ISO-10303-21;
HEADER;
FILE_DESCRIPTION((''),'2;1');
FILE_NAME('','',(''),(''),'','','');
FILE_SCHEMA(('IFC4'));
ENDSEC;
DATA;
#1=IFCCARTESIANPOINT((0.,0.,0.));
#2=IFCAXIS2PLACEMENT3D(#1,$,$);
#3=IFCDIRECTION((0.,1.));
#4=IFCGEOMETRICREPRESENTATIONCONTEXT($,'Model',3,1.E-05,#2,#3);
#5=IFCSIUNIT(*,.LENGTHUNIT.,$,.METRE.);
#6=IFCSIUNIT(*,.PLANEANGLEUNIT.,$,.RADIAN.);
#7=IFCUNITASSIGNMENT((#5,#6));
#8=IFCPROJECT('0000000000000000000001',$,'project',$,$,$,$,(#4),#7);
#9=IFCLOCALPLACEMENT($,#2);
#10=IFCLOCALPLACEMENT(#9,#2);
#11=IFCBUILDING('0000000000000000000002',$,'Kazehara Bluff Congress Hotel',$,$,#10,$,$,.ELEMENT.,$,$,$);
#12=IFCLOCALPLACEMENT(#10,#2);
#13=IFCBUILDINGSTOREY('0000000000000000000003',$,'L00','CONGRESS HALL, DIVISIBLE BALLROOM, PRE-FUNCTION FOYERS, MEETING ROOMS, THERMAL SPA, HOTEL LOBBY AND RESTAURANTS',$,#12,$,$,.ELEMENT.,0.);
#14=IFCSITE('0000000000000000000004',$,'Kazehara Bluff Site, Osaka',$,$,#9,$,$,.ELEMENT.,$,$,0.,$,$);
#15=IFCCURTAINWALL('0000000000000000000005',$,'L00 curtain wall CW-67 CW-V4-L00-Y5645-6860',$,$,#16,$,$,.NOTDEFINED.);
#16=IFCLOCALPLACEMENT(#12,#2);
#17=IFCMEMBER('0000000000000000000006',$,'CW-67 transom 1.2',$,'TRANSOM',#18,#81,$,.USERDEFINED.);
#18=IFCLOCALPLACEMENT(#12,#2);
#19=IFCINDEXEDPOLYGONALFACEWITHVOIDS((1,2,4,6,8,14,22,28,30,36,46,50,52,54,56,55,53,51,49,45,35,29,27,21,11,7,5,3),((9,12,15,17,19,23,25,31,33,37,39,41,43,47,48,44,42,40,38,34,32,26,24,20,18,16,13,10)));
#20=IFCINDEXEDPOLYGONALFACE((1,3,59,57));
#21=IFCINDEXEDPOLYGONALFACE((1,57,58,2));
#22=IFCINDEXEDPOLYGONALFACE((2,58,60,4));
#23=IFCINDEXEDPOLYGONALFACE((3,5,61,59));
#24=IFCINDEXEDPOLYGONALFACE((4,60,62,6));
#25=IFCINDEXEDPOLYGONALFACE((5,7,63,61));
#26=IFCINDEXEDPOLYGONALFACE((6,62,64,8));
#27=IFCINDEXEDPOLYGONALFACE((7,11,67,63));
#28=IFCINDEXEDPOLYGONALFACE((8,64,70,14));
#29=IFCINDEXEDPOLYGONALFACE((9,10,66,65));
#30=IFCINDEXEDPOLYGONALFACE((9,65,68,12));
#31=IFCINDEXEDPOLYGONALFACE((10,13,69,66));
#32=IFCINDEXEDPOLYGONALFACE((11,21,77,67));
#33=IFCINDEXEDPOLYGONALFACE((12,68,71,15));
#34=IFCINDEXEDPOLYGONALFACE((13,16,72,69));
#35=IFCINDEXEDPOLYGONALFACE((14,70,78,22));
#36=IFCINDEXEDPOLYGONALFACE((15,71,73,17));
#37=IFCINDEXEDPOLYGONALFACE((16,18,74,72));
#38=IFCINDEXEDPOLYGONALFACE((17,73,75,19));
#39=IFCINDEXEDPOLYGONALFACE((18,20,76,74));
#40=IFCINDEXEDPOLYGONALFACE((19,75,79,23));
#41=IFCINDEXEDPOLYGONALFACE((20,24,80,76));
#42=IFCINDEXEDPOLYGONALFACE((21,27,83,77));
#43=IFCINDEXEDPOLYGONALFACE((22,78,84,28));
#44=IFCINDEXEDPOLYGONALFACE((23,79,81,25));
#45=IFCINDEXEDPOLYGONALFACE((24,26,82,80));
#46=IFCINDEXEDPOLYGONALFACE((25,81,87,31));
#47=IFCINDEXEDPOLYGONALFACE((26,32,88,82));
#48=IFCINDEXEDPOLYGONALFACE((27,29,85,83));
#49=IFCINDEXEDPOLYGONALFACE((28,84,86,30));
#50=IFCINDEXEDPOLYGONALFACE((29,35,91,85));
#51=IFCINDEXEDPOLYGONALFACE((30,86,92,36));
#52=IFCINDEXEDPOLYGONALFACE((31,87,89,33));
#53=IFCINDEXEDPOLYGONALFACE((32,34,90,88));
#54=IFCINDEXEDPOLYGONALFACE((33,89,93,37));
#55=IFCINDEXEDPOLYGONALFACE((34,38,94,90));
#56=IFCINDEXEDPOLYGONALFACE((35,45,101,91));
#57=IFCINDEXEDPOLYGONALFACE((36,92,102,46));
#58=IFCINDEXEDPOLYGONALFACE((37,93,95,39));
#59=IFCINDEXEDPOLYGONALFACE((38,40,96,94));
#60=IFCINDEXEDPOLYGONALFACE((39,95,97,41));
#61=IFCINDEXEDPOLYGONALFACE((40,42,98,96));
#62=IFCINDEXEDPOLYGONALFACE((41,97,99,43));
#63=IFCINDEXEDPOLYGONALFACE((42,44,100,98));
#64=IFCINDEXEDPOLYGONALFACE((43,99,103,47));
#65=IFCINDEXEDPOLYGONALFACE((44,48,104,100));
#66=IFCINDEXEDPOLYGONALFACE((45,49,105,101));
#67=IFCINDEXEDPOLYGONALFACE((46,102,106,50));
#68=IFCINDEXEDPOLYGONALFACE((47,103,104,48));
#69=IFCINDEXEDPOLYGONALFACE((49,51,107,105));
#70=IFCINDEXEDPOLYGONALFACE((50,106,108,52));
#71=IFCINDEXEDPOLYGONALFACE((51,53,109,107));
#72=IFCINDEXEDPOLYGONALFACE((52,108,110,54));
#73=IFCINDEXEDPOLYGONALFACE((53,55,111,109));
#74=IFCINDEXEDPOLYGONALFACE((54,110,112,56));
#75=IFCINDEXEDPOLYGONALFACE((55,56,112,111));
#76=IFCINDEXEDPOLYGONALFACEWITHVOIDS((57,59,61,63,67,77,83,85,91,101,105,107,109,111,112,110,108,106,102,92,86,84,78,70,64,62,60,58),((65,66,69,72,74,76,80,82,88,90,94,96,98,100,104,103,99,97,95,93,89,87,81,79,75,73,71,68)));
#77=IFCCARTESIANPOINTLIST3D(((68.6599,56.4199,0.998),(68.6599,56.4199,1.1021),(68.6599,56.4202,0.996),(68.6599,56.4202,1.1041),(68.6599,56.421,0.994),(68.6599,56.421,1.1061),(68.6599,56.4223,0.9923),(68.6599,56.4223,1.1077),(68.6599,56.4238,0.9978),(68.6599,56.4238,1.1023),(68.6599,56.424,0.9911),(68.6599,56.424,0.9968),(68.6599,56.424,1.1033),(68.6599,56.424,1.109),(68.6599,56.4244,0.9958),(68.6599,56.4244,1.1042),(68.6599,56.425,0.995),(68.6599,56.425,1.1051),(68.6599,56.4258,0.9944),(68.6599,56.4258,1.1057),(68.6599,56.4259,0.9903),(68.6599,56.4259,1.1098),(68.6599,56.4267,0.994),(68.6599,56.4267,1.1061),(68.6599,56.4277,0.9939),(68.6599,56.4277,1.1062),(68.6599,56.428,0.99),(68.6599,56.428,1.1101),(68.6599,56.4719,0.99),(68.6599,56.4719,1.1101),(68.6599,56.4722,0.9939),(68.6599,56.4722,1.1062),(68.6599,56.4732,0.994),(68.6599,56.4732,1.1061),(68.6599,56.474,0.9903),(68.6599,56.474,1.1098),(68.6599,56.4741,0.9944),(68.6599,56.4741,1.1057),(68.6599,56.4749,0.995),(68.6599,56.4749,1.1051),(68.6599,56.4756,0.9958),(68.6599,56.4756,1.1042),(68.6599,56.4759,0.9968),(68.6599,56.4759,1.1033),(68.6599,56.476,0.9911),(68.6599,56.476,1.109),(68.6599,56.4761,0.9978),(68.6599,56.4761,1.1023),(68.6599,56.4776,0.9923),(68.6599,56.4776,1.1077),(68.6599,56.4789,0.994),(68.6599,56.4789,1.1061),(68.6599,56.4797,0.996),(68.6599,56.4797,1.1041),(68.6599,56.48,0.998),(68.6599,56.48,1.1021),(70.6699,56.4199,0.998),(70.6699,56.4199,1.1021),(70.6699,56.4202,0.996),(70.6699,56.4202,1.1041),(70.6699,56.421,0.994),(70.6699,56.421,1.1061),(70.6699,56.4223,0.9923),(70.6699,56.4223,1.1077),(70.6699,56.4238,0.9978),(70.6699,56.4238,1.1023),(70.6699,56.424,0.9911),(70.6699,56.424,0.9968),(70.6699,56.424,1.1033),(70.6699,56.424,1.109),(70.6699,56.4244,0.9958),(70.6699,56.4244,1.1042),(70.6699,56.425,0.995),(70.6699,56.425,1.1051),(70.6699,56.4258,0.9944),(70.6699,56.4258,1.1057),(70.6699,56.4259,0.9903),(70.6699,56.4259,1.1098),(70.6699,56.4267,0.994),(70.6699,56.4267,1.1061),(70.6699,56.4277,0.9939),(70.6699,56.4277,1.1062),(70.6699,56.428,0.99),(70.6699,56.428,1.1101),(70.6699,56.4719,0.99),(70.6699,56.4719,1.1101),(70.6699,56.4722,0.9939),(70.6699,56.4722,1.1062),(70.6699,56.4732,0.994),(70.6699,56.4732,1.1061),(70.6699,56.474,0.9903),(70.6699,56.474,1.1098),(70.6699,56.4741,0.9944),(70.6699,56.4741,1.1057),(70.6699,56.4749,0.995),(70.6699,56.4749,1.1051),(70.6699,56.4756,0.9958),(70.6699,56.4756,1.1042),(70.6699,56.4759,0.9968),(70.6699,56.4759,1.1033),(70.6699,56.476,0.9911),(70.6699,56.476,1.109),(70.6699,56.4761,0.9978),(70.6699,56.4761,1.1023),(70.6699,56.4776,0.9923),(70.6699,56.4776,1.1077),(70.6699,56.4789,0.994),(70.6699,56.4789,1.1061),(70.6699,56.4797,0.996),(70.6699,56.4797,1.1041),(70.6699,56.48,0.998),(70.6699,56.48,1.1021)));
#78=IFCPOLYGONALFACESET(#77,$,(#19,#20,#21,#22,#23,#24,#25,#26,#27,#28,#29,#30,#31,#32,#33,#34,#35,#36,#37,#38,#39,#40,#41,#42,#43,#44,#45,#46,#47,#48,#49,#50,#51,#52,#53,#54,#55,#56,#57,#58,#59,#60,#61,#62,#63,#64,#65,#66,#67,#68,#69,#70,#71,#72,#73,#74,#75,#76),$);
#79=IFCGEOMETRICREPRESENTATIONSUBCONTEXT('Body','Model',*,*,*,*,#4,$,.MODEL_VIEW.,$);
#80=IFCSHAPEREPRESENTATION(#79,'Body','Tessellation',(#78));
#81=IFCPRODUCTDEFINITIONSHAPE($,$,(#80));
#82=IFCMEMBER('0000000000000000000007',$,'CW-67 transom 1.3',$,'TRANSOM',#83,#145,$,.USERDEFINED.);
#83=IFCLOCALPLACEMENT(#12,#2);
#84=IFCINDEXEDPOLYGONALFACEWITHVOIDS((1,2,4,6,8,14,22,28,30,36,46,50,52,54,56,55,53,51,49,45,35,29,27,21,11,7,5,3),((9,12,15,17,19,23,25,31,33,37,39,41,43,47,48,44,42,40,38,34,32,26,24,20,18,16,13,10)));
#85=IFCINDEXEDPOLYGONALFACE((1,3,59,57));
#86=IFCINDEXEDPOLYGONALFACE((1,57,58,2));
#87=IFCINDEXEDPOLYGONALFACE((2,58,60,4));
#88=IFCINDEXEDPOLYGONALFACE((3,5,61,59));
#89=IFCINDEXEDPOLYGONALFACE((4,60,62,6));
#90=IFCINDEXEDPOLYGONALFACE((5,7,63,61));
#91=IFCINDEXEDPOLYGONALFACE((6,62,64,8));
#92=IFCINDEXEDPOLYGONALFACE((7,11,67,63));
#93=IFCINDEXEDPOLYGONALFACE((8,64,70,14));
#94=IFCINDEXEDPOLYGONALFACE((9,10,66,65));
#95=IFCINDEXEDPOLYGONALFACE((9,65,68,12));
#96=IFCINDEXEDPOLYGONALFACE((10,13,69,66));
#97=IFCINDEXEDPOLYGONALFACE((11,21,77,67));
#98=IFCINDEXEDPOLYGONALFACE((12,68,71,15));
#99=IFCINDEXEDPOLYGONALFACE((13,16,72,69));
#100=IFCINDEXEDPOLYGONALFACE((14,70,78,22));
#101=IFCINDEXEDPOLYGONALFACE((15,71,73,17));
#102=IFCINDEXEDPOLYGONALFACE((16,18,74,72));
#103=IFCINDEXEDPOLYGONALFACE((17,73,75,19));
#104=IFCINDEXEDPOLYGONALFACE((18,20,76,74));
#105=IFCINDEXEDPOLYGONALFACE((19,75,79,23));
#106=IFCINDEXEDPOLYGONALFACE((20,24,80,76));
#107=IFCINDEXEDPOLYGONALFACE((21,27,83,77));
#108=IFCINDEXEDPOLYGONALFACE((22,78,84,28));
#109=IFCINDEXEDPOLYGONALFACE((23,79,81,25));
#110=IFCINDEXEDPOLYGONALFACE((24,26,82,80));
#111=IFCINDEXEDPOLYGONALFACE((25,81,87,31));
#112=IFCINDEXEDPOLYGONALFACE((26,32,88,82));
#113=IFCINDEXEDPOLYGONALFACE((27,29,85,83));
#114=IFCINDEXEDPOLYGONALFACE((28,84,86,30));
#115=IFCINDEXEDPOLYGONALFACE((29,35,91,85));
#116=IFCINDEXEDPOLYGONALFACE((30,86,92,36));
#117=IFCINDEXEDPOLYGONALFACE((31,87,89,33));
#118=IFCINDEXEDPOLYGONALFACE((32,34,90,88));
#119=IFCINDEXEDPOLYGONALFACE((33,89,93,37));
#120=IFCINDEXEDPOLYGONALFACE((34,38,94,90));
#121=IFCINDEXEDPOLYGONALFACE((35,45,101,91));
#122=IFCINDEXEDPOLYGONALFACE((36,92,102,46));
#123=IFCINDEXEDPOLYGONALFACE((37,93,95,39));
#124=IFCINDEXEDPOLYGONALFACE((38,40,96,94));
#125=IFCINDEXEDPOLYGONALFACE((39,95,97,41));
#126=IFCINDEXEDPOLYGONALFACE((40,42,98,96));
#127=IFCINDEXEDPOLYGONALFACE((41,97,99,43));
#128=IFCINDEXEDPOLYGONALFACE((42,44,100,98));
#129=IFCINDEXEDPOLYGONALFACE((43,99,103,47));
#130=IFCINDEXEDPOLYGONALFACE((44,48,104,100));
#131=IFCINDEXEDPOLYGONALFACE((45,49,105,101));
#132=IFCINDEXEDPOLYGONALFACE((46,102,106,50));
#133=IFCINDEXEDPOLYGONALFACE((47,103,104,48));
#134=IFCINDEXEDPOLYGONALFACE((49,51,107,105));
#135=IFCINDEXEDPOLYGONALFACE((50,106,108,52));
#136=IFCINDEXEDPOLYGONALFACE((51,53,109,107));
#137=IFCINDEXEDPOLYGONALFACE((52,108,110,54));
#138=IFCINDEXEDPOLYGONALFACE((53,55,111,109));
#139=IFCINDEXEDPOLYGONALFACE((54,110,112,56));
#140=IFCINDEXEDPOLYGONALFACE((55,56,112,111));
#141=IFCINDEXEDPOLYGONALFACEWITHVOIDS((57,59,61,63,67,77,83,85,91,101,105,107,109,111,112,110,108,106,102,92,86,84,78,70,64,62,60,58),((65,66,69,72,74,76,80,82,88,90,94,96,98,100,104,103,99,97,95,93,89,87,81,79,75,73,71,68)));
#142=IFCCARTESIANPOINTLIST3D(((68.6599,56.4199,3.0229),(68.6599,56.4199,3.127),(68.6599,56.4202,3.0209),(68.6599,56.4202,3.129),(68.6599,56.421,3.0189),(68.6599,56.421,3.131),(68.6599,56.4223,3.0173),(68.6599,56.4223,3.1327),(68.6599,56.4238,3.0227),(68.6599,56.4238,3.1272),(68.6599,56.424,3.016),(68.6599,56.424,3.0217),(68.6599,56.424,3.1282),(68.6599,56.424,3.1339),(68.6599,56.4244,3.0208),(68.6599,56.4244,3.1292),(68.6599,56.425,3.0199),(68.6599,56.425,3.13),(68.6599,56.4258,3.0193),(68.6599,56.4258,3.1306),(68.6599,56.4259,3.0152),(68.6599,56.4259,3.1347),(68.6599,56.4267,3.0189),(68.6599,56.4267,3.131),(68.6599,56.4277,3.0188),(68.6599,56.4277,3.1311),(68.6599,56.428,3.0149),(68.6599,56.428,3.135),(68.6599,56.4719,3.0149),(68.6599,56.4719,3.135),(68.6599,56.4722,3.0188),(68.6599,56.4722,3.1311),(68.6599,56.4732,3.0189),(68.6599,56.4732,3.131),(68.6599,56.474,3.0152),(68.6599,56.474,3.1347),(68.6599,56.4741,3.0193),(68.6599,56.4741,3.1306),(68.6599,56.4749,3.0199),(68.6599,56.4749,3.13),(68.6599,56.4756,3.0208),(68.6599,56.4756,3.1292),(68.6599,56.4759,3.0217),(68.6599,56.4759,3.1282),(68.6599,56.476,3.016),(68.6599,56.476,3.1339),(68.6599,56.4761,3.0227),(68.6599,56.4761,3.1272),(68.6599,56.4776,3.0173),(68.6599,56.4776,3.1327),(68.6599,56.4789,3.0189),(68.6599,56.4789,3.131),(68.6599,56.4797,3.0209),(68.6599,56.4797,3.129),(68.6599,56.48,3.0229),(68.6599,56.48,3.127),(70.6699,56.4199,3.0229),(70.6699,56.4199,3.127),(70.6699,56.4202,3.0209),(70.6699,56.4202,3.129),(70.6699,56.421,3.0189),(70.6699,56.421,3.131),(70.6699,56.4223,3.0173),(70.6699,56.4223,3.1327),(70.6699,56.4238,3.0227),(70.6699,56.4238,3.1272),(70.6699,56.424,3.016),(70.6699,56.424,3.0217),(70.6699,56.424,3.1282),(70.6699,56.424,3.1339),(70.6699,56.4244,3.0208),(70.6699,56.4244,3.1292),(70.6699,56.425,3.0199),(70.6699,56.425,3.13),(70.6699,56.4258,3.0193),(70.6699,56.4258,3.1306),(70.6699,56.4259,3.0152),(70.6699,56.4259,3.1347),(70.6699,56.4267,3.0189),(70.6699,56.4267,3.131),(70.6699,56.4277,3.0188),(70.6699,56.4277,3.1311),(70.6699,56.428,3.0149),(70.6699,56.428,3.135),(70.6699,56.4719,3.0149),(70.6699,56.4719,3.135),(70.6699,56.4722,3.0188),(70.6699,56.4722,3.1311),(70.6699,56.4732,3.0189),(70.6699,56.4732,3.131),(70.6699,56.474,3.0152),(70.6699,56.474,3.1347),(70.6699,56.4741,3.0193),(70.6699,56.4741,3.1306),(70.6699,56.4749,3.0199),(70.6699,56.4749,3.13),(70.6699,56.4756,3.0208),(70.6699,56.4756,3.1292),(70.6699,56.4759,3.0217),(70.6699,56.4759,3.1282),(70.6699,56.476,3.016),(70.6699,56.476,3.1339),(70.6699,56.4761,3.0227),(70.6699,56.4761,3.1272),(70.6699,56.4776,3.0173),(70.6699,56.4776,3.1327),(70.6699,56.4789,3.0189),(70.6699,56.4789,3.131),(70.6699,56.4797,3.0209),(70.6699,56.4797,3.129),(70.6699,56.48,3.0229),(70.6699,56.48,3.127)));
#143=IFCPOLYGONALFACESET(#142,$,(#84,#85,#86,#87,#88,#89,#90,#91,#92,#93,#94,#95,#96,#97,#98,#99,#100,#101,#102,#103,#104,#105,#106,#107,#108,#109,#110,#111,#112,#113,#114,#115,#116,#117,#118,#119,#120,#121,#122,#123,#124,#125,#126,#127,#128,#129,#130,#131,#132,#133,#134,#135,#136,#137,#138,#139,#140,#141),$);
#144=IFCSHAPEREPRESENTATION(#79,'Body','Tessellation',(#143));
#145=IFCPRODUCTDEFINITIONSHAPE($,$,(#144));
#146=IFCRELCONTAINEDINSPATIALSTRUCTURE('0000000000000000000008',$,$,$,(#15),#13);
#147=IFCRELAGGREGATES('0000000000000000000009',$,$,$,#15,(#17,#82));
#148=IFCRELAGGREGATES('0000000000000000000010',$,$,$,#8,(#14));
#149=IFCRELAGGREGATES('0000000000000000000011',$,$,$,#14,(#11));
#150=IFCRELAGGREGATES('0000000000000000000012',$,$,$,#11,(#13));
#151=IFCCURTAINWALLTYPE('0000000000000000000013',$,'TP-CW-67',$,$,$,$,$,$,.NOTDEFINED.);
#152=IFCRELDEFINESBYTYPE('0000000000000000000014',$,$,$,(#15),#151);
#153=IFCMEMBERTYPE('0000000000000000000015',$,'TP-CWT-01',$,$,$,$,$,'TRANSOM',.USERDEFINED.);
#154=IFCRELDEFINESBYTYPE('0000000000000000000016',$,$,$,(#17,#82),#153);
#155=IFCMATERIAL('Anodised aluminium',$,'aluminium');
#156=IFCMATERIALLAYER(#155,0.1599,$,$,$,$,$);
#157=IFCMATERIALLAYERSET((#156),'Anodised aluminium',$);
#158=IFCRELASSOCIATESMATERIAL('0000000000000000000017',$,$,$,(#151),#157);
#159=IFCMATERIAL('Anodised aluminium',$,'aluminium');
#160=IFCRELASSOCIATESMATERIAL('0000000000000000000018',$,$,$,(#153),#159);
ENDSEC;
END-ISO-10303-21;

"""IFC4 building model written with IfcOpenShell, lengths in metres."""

from ifc_helpers import new_model, si_unit, direction, frame, origin, origin_2d, place, context, subcontext, project, spatial, hollow_rectangle, extrude, material, layer, layer_set, material_profile, profile_set, type_object, element, aggregate, save


model = new_model("IFC4")

# Units and contexts
model_context = context("Model", 3, precision=1e-05, world=origin(), true_north=direction((0.0, 1.0)))
body_context = subcontext(model_context, "Body", "Model", "MODEL_VIEW")
ifc_project = project(units=[si_unit("LENGTHUNIT", "METRE"), si_unit("PLANEANGLEUNIT", "RADIAN")], contexts=[model_context])

# Site, building, storey
site_placement = place(None, origin())
site = spatial("IfcSite", under=ifc_project, at=site_placement, Name="Kazehara Bluff Site, Osaka", CompositionType="ELEMENT", RefElevation=0.0)
building_placement = place(site_placement, origin())
building = spatial("IfcBuilding", under=site, at=building_placement, Name="Kazehara Bluff Congress Hotel", CompositionType="ELEMENT")
storey_placement = place(building_placement, origin())
storey = spatial("IfcBuildingStorey", under=building, at=storey_placement, Name="L00", Description="CONGRESS HALL, DIVISIBLE BALLROOM, PRE-FUNCTION FOYERS, MEETING ROOMS, THERMAL SPA, HOTEL LOBBY AND RESTAURANTS", CompositionType="ELEMENT", Elevation=0.0)

# Curtain wall
ifc_material_1 = material(Name="Anodised aluminium", Category="aluminium")
ifc_layer_1 = layer(ifc_material_1, 0.1599)
ifc_layer_set_1 = layer_set([ifc_layer_1], Name="Anodised aluminium")
curtain_wall_type_1 = type_object("IfcCurtainWallType", Name="TP-CW-67", PredefinedType="NOTDEFINED", material=ifc_layer_set_1)
curtain_wall_1_placement = place(storey_placement, origin())
curtain_wall_1 = element("IfcCurtainWall", 1, at=curtain_wall_1_placement, inside=storey, type_object=curtain_wall_type_1, Name="L00 curtain wall CW-67 CW-V4-L00-Y5645-6860", PredefinedType="NOTDEFINED")

# Members
ifc_material_2 = material(Name="Anodised aluminium", Category="aluminium")
ifc_material_profile_1 = material_profile(ifc_material_2, hollow_rectangle(XDim=0.0601, YDim=0.1201, WallThickness=0.0039, InnerFilletRadius=0.0039, OuterFilletRadius=0.0081, at=origin_2d()))
ifc_profile_set_1 = profile_set([ifc_material_profile_1], Name="Anodised aluminium")
member_type_1 = type_object("IfcMemberType", Name="TP-CWT-01", ElementType="TRANSOM", PredefinedType="USERDEFINED", material=ifc_profile_set_1)
member_1_placement = place(storey_placement, frame((68.6599, 56.45, 1.05), z_axis=(1.0, 0.0, 0.0), x_axis=(0.0, 1.0, 0.0)))
member_1 = element("IfcMember", 2, at=member_1_placement, type_object=member_type_1, Name="CW-67 transom 1.2", ObjectType="TRANSOM", PredefinedType="USERDEFINED", context=body_context, shape_type="SweptSolid", body=[
    extrude(hollow_rectangle(XDim=0.0601, YDim=0.1201, WallThickness=0.0039, InnerFilletRadius=0.0039, OuterFilletRadius=0.0081, at=origin_2d()), origin(), (0.0, 0.0, 1.0), 2.01),
])
member_2_placement = place(storey_placement, frame((68.6599, 56.45, 3.075), z_axis=(1.0, 0.0, 0.0), x_axis=(0.0, 1.0, 0.0)))
member_2 = element("IfcMember", 3, at=member_2_placement, type_object=member_type_1, Name="CW-67 transom 1.3", ObjectType="TRANSOM", PredefinedType="USERDEFINED", context=body_context, shape_type="SweptSolid", body=[
    extrude(hollow_rectangle(XDim=0.0601, YDim=0.1201, WallThickness=0.0039, InnerFilletRadius=0.0039, OuterFilletRadius=0.0081, at=origin_2d()), origin(), (0.0, 0.0, 1.0), 2.01),
])

aggregate(curtain_wall_1, [member_1, member_2])

save(model, "model.ifc")
